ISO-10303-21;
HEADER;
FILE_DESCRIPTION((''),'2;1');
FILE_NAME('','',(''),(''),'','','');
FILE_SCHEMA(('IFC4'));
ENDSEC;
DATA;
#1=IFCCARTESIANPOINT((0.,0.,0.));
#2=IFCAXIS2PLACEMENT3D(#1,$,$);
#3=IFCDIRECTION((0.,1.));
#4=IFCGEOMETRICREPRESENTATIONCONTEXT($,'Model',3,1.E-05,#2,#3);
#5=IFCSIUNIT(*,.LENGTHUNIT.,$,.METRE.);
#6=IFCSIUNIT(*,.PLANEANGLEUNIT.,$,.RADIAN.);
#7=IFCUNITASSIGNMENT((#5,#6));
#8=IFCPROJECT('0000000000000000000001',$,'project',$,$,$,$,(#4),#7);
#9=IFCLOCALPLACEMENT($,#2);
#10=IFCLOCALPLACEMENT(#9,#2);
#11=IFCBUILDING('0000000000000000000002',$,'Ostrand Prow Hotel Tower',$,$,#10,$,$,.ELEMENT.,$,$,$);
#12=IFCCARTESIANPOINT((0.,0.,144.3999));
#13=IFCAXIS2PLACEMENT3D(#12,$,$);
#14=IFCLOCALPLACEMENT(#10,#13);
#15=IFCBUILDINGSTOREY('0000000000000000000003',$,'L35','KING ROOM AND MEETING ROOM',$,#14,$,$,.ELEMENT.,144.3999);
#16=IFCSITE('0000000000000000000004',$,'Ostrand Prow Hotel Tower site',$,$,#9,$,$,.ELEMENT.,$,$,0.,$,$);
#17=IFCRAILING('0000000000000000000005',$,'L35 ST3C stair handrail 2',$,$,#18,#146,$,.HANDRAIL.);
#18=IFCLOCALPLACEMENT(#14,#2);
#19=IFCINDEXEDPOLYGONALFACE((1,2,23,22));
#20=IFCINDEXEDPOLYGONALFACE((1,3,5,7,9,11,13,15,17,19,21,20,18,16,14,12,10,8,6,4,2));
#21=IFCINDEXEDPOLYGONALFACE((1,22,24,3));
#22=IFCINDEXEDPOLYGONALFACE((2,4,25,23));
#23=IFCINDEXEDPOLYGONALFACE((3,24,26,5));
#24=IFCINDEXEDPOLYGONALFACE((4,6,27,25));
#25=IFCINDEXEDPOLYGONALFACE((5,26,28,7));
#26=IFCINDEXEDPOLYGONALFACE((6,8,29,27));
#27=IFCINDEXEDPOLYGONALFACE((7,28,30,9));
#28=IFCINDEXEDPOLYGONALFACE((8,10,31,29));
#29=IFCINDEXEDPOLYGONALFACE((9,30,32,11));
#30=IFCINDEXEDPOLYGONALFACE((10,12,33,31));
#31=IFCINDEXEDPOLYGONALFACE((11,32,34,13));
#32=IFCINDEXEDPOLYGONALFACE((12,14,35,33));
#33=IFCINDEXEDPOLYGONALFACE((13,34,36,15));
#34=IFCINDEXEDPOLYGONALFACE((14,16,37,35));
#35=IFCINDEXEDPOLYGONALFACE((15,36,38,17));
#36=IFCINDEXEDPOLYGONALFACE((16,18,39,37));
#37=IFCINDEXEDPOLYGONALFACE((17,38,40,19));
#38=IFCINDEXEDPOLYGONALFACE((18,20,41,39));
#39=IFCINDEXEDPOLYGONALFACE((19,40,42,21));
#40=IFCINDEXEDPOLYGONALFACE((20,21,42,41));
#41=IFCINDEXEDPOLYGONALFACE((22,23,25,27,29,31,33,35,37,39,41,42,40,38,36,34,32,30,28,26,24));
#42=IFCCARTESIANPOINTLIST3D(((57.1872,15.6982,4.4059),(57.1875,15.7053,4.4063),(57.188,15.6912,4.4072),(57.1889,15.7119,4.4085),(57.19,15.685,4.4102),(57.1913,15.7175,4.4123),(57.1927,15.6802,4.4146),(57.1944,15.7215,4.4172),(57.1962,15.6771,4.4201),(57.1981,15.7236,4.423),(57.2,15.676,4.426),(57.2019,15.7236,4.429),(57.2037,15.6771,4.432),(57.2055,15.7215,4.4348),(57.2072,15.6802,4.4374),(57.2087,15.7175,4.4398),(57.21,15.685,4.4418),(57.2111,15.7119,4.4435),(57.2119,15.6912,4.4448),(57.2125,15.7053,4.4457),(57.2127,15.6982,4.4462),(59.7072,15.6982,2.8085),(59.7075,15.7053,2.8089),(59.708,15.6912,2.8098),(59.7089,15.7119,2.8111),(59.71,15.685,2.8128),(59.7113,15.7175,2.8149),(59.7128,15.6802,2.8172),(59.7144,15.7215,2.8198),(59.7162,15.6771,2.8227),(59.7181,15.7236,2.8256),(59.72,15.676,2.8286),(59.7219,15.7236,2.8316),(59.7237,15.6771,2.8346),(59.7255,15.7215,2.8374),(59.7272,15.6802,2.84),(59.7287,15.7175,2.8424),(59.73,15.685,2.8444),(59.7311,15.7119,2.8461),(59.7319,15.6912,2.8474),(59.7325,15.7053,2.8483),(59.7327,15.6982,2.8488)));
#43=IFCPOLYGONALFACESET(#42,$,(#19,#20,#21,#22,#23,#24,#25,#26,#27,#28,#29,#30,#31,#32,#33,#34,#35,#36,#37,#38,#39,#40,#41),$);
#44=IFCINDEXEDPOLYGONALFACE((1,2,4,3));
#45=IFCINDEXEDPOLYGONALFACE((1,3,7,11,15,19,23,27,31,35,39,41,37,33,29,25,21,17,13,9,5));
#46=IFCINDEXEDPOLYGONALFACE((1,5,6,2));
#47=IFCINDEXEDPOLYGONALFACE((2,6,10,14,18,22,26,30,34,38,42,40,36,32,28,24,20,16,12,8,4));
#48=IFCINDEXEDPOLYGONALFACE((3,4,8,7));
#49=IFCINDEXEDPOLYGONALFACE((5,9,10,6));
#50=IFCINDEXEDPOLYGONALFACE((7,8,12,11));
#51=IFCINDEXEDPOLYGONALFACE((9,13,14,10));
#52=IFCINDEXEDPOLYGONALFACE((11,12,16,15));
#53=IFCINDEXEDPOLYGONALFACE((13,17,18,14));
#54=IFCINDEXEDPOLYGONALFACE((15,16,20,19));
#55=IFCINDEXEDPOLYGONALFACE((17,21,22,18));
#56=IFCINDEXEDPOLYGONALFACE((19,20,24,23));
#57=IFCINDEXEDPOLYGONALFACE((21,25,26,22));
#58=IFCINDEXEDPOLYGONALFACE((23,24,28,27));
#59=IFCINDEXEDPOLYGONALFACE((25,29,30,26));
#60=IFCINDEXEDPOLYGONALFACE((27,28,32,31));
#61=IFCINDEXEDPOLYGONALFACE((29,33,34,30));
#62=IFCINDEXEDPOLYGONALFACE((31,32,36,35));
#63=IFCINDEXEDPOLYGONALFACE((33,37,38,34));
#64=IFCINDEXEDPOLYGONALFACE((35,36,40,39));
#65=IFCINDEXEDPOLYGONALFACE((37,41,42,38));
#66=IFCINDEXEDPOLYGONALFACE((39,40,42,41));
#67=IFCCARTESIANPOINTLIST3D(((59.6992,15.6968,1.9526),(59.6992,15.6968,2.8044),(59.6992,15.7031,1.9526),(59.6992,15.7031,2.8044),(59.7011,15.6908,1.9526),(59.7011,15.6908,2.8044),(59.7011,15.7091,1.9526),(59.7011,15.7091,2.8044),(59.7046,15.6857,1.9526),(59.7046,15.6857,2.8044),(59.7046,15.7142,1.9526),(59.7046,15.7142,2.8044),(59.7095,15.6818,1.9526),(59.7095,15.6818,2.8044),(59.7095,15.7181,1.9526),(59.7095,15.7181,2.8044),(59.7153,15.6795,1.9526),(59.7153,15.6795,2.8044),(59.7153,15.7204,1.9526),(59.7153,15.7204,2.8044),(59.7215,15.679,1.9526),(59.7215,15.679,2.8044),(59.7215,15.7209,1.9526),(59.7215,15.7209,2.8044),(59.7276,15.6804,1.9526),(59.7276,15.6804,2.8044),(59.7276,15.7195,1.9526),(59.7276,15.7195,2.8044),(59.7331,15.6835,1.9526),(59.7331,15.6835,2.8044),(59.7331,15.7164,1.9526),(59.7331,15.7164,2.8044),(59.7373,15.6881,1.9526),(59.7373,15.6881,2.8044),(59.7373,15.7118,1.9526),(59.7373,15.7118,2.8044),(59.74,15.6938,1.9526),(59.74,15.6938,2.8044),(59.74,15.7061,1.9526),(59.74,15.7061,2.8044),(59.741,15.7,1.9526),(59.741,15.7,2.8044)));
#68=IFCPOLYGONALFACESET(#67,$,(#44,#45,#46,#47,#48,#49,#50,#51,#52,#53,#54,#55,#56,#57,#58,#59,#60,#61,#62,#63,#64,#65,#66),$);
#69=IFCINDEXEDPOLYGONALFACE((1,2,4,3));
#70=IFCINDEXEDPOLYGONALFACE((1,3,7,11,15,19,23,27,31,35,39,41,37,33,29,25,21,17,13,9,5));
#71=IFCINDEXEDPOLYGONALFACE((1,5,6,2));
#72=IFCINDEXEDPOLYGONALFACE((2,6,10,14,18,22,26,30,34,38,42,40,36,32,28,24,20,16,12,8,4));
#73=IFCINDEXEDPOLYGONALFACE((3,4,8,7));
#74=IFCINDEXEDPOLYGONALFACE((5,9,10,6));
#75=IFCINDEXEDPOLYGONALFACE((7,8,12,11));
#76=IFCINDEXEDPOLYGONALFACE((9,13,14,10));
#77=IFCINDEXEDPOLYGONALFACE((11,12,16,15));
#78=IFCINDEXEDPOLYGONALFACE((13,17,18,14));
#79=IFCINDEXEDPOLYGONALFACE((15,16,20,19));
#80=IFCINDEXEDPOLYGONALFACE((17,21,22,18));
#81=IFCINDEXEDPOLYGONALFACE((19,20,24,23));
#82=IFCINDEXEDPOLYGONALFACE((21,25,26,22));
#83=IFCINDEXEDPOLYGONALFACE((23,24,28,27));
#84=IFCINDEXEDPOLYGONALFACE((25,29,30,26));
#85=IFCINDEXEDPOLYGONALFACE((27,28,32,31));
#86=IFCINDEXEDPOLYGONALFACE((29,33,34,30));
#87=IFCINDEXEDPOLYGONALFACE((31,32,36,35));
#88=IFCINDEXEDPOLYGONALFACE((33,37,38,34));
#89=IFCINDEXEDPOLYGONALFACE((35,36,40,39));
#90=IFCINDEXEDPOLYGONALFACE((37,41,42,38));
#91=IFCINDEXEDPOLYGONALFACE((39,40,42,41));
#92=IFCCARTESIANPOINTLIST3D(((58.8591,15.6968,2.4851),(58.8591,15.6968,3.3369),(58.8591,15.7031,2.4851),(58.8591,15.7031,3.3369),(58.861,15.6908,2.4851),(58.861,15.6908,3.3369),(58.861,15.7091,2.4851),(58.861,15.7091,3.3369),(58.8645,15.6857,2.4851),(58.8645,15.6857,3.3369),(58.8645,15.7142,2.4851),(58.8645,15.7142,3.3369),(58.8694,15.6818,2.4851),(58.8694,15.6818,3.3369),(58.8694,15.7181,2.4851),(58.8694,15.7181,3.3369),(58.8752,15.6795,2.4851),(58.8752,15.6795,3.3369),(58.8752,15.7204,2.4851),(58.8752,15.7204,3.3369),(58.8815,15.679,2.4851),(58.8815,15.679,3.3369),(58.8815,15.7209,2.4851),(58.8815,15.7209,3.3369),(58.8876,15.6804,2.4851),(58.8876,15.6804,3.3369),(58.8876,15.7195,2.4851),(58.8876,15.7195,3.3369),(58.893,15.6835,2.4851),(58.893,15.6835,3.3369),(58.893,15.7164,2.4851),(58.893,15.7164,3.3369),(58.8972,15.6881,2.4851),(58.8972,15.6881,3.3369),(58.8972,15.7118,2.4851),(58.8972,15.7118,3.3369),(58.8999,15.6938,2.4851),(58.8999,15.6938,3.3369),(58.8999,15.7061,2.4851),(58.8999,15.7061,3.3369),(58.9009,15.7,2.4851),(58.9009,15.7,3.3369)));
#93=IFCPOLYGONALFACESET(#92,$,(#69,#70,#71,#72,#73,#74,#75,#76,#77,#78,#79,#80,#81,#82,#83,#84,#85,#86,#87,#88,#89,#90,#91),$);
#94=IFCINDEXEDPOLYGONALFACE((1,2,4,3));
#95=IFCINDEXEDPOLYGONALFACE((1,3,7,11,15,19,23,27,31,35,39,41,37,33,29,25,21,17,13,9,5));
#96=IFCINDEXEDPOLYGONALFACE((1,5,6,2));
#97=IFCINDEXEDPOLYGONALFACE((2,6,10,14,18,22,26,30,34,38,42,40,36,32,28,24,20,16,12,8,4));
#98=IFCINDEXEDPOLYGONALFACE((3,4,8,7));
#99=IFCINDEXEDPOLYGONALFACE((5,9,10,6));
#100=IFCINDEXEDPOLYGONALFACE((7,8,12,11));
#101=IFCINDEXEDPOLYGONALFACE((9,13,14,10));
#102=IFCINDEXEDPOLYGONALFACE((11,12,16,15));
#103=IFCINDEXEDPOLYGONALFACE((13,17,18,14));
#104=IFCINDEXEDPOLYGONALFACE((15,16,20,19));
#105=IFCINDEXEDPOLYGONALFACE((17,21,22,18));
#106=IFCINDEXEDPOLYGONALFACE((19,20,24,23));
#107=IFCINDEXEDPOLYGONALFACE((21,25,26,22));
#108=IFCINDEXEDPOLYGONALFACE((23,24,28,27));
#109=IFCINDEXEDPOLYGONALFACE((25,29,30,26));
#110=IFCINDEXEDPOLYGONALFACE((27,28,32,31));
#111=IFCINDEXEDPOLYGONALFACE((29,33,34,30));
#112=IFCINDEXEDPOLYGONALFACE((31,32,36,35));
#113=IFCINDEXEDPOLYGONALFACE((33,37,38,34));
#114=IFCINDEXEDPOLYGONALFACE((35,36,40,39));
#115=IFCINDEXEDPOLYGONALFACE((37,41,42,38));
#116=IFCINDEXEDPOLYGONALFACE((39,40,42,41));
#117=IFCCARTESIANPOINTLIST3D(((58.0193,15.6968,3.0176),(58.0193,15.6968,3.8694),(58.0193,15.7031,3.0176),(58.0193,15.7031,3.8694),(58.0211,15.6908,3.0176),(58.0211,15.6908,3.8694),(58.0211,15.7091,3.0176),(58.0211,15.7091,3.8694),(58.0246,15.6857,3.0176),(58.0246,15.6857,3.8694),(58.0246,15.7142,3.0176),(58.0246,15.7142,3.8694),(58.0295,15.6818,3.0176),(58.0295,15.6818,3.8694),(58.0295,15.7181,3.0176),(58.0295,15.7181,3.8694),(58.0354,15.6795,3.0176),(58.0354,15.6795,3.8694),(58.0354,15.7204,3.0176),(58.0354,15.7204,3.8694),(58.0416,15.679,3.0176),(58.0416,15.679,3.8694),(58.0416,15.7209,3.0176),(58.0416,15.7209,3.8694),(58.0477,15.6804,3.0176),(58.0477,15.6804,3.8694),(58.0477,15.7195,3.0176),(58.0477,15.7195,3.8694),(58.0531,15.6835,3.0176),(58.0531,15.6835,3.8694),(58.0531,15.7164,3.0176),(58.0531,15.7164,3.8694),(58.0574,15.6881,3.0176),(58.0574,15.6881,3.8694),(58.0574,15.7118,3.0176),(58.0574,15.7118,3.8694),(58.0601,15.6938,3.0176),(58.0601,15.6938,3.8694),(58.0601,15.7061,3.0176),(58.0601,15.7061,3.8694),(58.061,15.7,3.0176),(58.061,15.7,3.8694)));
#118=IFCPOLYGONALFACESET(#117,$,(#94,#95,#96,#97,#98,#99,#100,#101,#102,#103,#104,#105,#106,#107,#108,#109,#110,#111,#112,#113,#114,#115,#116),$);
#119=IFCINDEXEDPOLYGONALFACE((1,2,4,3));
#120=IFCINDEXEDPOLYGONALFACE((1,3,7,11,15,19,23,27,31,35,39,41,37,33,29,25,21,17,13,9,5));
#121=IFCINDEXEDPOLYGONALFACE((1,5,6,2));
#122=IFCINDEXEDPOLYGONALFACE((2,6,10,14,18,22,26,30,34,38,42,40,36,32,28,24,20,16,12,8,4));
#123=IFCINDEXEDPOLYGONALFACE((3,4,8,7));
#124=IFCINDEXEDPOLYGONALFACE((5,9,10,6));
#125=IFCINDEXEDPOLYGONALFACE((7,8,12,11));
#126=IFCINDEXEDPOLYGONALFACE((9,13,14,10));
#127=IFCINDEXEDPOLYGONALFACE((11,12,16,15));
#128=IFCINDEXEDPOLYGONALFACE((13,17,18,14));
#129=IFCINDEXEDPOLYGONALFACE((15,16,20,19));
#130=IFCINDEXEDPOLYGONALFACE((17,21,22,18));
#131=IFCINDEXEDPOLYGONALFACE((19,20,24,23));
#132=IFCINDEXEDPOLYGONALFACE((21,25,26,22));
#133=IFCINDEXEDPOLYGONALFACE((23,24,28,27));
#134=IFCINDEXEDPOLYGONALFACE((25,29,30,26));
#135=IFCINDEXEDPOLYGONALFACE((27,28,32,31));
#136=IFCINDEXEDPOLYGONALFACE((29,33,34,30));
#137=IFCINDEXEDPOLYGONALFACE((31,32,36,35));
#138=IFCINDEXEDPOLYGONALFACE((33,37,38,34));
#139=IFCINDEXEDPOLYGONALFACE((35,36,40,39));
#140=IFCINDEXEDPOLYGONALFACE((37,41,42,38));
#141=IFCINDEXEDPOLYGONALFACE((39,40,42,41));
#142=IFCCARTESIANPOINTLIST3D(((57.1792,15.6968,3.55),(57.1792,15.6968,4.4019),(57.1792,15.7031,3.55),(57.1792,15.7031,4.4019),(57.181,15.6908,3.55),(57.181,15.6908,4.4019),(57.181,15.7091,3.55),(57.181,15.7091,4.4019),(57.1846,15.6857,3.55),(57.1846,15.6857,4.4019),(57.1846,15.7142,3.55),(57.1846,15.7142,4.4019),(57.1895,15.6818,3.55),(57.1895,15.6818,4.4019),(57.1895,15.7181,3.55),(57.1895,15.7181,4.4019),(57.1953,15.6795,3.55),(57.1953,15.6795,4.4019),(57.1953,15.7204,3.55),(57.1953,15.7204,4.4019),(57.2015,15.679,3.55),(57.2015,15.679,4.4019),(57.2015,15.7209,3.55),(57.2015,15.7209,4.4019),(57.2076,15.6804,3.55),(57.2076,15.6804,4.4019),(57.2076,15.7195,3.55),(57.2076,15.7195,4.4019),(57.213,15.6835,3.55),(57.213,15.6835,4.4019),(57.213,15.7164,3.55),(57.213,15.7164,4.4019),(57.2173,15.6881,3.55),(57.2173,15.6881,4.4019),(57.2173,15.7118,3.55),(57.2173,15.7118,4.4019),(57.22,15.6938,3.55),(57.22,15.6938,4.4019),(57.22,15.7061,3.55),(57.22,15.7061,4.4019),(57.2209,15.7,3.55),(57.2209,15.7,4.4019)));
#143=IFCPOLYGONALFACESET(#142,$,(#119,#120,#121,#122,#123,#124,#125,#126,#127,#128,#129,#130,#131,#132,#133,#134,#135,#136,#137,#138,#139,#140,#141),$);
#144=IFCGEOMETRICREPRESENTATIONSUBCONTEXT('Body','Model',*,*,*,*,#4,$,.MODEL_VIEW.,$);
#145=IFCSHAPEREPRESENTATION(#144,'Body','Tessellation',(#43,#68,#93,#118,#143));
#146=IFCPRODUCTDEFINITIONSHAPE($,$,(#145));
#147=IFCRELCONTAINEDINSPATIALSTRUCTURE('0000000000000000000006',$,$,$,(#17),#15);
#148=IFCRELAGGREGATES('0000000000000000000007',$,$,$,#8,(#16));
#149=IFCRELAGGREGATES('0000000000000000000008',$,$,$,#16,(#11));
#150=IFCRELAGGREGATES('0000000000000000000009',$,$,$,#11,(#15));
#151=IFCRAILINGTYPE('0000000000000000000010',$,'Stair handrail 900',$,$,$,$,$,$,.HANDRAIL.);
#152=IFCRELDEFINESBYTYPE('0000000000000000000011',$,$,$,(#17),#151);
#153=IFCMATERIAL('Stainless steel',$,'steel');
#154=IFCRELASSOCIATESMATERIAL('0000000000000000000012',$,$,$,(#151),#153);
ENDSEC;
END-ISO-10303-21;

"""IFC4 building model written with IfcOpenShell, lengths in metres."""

from ifc_helpers import new_model, si_unit, direction, frame, origin, origin_2d, place, context, subcontext, project, spatial, circle, extrude, material, type_object, element, save


model = new_model("IFC4")

# Units and contexts
model_context = context("Model", 3, precision=1e-05, world=origin(), true_north=direction((0.0, 1.0)))
body_context = subcontext(model_context, "Body", "Model", "MODEL_VIEW")
ifc_project = project(units=[si_unit("LENGTHUNIT", "METRE"), si_unit("PLANEANGLEUNIT", "RADIAN")], contexts=[model_context])

# Site, building, storey
site_placement = place(None, origin())
site = spatial("IfcSite", under=ifc_project, at=site_placement, Name="Ostrand Prow Hotel Tower site", CompositionType="ELEMENT", RefElevation=0.0)
building_placement = place(site_placement, origin())
building = spatial("IfcBuilding", under=site, at=building_placement, Name="Ostrand Prow Hotel Tower", CompositionType="ELEMENT")
storey_placement = place(building_placement, frame((0.0, 0.0, 144.3999)))
storey = spatial("IfcBuildingStorey", under=building, at=storey_placement, Name="L35", Description="KING ROOM AND MEETING ROOM", CompositionType="ELEMENT", Elevation=144.3999)

# Railing
ifc_material_1 = material(Name="Stainless steel", Category="steel")
railing_type_1 = type_object("IfcRailingType", Name="Stair handrail 900", PredefinedType="HANDRAIL", material=ifc_material_1)
railing_1_placement = place(storey_placement, frame((59.72, 15.7, 1.9526)))
element("IfcRailing", 1, at=railing_1_placement, inside=storey, type_object=railing_type_1, Name="L35 ST3C stair handrail 2", PredefinedType="HANDRAIL", context=body_context, shape_type="SweptSolid", body=[
    extrude(circle(Radius=0.0239, at=origin_2d()), frame((0.0, 0.0, 0.876), z_axis=(-0.844607, 0.0, 0.535387), x_axis=(0.0, -1.0, 0.0)), (0.0, 0.0, 1.0), 2.9836),
    extrude(circle(Radius=0.021, at=origin_2d()), origin(), (0.0, 0.0, 1.0), 0.8518),
    extrude(circle(Radius=0.021, at=origin_2d()), frame((-0.8401, 0.0, 0.5325)), (0.0, 0.0, 1.0), 0.8518),
    extrude(circle(Radius=0.021, at=origin_2d()), frame((-1.6799, 0.0, 1.0649)), (0.0, 0.0, 1.0), 0.8518),
    extrude(circle(Radius=0.021, at=origin_2d()), frame((-2.52, 0.0, 1.5974)), (0.0, 0.0, 1.0), 0.8518),
])

save(model, "model.ifc")
